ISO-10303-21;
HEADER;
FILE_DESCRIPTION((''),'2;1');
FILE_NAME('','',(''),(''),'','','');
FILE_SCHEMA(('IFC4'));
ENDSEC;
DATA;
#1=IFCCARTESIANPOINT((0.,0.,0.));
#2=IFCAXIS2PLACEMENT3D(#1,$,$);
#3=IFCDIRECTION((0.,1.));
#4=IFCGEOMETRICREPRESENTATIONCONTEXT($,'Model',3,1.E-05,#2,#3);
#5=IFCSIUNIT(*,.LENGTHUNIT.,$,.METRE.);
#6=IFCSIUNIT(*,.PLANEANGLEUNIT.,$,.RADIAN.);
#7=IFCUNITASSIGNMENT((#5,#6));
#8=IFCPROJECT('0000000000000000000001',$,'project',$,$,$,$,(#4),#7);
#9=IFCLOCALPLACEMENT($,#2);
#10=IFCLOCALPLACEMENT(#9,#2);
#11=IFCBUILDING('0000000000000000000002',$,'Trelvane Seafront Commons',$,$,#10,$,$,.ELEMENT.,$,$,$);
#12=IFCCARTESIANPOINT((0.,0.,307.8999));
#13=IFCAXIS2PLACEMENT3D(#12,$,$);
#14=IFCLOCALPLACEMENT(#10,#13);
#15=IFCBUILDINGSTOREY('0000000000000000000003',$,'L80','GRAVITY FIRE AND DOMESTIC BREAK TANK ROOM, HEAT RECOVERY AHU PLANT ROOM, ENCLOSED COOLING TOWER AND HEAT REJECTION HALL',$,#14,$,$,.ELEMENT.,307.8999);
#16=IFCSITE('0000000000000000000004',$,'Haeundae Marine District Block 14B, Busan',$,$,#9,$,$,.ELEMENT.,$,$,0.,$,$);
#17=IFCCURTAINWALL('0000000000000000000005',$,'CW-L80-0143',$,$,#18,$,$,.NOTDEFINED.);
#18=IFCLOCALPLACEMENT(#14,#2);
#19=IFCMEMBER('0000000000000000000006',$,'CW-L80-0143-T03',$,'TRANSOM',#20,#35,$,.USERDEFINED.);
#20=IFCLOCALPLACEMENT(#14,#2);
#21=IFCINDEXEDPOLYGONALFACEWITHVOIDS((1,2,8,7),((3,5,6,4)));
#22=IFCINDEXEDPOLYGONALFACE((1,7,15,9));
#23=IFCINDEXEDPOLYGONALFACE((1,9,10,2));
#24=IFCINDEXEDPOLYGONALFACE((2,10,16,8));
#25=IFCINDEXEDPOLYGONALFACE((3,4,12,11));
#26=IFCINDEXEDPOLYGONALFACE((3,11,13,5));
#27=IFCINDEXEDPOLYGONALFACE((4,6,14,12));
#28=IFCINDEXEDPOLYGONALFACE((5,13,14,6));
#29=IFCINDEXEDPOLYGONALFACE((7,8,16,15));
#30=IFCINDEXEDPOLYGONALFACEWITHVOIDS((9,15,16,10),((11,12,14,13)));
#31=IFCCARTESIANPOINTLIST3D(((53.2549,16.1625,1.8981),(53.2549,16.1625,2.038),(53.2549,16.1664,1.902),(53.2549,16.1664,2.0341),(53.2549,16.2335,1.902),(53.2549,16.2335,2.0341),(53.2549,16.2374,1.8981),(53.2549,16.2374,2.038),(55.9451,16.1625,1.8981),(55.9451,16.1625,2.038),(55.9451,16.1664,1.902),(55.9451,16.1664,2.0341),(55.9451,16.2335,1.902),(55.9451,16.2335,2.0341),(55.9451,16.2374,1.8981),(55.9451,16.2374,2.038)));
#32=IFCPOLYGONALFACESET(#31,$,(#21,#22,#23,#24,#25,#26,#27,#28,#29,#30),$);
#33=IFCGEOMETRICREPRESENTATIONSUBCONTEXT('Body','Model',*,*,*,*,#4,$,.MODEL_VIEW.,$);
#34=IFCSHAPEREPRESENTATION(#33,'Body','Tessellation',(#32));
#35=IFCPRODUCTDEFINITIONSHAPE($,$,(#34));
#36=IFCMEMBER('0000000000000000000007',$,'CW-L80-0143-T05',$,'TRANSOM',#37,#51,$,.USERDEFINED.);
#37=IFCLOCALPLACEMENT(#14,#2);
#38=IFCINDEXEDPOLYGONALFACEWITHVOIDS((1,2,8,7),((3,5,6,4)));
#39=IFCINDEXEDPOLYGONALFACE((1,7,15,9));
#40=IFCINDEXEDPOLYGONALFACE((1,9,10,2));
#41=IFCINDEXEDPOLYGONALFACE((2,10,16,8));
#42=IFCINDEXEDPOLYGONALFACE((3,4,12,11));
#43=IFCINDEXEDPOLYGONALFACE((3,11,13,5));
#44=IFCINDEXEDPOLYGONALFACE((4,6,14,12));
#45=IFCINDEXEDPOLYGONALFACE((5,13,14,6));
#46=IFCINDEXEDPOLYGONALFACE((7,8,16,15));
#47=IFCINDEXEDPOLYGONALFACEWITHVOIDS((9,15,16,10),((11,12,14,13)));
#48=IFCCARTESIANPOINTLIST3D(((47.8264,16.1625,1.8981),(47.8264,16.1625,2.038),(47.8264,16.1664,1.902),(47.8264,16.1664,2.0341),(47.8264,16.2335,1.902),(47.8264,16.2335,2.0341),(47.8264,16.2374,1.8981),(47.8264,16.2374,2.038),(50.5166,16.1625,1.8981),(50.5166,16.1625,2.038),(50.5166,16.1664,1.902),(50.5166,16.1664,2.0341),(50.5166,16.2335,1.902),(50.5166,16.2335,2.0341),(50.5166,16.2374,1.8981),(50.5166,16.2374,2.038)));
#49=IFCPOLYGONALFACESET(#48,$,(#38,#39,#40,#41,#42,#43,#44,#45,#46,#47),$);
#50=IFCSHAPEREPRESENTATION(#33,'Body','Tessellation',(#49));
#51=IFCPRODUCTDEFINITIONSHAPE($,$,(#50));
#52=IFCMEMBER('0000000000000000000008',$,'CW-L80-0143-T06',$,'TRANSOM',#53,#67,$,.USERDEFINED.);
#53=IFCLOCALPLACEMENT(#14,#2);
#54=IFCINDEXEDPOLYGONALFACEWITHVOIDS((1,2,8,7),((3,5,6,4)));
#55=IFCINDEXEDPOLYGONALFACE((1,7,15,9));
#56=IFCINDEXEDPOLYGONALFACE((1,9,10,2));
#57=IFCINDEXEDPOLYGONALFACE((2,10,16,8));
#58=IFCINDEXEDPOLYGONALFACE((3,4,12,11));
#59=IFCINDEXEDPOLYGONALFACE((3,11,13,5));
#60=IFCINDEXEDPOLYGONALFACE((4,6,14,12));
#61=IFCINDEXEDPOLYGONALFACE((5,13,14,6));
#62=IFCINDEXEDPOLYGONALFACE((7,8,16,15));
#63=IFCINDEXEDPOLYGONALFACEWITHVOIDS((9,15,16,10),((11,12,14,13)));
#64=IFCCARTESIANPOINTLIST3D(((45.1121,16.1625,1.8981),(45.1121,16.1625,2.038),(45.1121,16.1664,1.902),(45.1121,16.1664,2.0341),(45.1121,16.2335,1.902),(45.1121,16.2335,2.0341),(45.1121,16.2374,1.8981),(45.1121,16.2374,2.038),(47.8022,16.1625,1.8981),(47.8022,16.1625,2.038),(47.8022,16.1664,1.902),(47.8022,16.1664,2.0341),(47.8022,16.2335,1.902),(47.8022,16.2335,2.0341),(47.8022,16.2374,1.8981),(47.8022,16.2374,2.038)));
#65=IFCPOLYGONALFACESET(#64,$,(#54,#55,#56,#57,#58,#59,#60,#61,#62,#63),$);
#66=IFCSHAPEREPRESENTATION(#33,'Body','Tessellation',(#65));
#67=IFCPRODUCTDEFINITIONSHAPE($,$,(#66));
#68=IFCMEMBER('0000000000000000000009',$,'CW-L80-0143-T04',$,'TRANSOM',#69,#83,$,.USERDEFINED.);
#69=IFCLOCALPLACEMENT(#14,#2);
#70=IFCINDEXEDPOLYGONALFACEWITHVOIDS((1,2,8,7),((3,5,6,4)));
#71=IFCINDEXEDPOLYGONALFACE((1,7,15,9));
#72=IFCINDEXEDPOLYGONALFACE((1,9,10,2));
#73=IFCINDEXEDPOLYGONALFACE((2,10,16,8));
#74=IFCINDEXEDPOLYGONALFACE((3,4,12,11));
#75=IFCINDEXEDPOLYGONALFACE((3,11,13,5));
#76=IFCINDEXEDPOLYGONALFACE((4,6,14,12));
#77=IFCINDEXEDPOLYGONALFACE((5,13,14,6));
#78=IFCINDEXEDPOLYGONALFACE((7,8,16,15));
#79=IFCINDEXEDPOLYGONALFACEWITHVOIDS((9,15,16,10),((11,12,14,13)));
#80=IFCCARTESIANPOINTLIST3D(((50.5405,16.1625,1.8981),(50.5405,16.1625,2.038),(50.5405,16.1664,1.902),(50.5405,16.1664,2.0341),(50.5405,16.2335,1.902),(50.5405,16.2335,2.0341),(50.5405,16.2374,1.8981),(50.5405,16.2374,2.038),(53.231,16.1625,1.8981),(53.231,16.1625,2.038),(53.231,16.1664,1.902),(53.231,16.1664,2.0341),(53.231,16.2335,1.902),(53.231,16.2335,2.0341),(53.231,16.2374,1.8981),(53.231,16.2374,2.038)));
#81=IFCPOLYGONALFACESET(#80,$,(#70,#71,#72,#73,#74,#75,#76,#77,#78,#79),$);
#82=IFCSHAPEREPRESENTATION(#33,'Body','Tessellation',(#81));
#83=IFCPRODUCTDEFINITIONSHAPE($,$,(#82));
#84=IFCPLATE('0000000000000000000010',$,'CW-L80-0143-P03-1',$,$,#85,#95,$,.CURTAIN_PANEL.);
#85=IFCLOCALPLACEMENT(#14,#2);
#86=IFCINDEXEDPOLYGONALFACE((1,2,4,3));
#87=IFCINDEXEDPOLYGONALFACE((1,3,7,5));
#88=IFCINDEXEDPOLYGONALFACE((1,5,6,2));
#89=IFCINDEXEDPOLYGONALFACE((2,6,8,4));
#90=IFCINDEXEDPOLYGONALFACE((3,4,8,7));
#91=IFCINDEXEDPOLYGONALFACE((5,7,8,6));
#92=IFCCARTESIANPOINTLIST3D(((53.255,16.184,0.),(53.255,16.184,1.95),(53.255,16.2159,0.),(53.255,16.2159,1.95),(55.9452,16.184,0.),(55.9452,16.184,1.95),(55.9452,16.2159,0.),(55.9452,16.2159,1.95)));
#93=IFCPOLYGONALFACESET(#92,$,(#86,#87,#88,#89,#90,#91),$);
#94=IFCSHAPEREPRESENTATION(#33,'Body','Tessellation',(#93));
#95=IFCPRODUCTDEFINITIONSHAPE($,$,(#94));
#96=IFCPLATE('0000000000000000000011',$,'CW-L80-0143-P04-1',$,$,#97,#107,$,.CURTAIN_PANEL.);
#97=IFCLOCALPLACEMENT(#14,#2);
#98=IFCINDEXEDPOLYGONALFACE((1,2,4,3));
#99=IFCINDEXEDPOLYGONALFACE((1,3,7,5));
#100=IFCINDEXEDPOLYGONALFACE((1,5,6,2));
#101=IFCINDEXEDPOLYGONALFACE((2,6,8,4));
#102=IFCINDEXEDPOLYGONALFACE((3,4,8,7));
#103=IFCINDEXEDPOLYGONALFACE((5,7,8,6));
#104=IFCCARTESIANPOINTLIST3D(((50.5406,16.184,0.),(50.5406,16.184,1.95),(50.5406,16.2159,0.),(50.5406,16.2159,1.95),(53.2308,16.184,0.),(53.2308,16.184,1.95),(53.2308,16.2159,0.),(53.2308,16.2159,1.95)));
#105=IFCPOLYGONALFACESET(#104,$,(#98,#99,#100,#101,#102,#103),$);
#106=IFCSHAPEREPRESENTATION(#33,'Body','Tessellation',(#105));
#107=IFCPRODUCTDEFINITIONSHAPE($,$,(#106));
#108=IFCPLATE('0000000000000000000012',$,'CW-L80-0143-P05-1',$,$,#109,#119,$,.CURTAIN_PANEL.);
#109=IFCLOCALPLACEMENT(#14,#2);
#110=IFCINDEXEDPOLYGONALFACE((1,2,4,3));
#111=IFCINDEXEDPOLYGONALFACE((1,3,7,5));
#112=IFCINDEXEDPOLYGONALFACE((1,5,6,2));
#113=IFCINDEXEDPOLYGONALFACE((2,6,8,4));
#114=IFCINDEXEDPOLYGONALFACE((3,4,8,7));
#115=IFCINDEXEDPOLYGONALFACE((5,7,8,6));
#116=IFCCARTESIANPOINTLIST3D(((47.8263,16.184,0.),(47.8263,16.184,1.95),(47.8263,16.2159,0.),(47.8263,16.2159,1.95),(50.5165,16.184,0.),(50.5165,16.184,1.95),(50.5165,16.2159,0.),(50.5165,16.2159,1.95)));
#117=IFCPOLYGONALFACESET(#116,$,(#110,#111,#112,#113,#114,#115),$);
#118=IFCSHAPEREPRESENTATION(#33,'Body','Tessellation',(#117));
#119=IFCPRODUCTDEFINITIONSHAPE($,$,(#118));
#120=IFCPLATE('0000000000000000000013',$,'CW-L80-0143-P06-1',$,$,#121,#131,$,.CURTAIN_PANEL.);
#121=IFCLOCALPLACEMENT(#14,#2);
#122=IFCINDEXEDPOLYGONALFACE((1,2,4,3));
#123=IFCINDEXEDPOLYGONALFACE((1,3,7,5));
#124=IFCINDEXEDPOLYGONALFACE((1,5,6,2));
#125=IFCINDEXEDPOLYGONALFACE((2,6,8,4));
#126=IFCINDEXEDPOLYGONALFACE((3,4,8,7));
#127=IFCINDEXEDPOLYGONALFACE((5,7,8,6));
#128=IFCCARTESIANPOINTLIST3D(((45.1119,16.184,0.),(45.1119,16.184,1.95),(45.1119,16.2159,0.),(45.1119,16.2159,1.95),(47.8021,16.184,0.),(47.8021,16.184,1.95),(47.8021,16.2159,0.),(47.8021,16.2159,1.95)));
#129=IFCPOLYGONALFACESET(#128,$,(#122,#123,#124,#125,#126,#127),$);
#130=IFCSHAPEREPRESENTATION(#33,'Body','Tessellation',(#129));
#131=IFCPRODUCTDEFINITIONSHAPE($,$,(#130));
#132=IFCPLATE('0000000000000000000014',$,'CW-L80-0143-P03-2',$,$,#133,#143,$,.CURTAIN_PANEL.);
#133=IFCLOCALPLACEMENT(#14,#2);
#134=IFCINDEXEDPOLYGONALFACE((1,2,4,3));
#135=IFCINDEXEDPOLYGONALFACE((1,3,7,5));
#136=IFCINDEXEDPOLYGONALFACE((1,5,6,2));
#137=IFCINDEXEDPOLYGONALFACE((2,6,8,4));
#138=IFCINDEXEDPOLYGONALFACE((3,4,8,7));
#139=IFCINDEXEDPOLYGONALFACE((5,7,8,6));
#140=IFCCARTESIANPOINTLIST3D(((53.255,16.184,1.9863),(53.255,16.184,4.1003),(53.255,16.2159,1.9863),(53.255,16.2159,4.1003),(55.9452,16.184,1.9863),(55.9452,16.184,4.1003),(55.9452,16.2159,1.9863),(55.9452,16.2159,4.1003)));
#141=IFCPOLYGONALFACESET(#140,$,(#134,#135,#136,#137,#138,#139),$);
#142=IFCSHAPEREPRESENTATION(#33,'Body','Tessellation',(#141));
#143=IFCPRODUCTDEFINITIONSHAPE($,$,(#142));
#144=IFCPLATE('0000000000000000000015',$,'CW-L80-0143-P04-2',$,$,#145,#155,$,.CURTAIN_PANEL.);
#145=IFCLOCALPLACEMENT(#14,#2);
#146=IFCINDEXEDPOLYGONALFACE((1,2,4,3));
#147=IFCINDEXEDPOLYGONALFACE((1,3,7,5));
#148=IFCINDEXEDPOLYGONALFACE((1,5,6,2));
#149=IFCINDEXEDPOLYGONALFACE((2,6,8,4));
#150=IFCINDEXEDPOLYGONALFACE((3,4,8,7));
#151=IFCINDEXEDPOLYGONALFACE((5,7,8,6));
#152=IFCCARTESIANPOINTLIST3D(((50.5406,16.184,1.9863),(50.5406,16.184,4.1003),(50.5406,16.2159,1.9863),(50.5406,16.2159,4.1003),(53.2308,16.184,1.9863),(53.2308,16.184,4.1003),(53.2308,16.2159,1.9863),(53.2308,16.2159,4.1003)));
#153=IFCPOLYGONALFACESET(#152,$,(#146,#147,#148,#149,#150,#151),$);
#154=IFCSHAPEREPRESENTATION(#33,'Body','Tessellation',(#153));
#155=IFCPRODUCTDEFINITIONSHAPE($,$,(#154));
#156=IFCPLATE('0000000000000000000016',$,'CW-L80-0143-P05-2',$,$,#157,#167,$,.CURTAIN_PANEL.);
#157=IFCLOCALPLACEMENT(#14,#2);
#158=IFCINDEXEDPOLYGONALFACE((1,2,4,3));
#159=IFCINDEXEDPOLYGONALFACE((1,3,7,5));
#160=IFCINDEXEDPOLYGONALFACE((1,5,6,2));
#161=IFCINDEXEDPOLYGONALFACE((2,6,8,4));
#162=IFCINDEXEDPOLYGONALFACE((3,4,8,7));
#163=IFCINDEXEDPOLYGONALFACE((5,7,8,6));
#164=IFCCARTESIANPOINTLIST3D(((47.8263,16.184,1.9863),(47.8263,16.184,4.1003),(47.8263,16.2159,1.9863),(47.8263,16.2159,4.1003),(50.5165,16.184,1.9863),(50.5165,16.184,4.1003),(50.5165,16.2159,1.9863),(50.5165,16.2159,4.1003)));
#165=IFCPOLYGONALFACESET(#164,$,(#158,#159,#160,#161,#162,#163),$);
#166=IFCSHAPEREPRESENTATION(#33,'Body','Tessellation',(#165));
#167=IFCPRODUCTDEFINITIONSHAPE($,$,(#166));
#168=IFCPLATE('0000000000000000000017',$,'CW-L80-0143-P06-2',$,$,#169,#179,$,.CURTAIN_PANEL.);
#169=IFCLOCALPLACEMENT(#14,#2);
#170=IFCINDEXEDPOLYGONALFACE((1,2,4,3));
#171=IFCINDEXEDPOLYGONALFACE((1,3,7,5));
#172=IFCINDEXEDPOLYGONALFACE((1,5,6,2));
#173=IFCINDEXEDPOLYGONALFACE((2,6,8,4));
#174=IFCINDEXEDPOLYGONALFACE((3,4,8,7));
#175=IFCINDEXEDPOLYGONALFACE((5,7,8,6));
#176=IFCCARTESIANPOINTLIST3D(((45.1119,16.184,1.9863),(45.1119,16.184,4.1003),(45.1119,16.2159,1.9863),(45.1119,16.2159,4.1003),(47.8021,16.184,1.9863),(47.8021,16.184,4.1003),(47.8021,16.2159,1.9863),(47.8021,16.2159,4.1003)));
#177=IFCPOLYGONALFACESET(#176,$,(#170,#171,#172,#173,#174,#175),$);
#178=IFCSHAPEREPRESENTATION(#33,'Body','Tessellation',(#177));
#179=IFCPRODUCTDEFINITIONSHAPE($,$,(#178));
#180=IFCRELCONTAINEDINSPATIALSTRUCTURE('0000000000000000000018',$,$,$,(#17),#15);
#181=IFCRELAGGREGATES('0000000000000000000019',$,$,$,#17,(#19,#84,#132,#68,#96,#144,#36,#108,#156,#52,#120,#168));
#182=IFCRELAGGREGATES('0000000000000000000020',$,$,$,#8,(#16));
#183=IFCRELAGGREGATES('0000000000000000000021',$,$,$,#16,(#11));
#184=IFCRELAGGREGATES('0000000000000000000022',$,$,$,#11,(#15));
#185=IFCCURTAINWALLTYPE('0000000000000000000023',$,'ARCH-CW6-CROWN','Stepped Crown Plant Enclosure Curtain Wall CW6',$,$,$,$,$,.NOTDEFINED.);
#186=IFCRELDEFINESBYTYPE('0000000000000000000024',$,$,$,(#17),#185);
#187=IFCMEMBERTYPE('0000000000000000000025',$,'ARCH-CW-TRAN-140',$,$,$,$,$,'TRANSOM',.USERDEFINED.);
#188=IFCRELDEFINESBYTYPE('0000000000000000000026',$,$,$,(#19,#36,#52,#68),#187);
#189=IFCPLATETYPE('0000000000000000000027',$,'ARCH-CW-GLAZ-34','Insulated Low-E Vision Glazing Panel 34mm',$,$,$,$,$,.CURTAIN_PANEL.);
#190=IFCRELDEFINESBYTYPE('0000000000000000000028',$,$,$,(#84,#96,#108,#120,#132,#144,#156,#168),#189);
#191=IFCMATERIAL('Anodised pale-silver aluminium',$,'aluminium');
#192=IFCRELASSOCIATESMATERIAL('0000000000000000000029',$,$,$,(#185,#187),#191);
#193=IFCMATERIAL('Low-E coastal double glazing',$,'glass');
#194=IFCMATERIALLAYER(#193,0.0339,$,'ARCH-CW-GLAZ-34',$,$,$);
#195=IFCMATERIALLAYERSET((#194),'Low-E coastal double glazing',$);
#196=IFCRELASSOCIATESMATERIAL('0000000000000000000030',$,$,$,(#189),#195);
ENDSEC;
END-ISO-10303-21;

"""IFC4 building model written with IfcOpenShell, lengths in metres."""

from ifc_helpers import new_model, si_unit, direction, frame, origin, origin_2d, place, context, subcontext, project, spatial, rectangle, hollow_rectangle, extrude, source, transform, mapped, material, layer, layer_set, material_profile, profile_set, type_object, element, aggregate, save


model = new_model("IFC4")

# Units and contexts
model_context = context("Model", 3, precision=1e-05, world=origin(), true_north=direction((0.0, 1.0)))
body_context = subcontext(model_context, "Body", "Model", "MODEL_VIEW")
ifc_project = project(units=[si_unit("LENGTHUNIT", "METRE"), si_unit("PLANEANGLEUNIT", "RADIAN")], contexts=[model_context])

# Site, building, storey
site_placement = place(None, origin())
site = spatial("IfcSite", under=ifc_project, at=site_placement, Name="Haeundae Marine District Block 14B, Busan", CompositionType="ELEMENT", RefElevation=0.0)
building_placement = place(site_placement, origin())
building = spatial("IfcBuilding", under=site, at=building_placement, Name="Trelvane Seafront Commons", CompositionType="ELEMENT")
storey_placement = place(building_placement, frame((0.0, 0.0, 307.8999)))
storey = spatial("IfcBuildingStorey", under=building, at=storey_placement, Name="L80", Description="GRAVITY FIRE AND DOMESTIC BREAK TANK ROOM, HEAT RECOVERY AHU PLANT ROOM, ENCLOSED COOLING TOWER AND HEAT REJECTION HALL", CompositionType="ELEMENT", Elevation=307.8999)

# Curtain wall, members, plates
ifc_material_1 = material(Name="Anodised pale-silver aluminium", Category="aluminium")
curtain_wall_type = type_object("IfcCurtainWallType", Name="ARCH-CW6-CROWN", Description="Stepped Crown Plant Enclosure Curtain Wall CW6", PredefinedType="NOTDEFINED", material=ifc_material_1)
curtain_wall_placement = place(storey_placement, origin())
curtain_wall = element("IfcCurtainWall", 1, at=curtain_wall_placement, inside=storey, type_object=curtain_wall_type, Name="CW-L80-0143", PredefinedType="NOTDEFINED")
ifc_material_profile_1 = material_profile(ifc_material_1, hollow_rectangle(XDim=0.075, YDim=0.1399, WallThickness=0.0039, at=origin_2d()), Name="TRAN-75x140x4")
ifc_profile_set_1 = profile_set([ifc_material_profile_1], Name="Anodised pale-silver aluminium")
member_type_1 = type_object("IfcMemberType", Name="ARCH-CW-TRAN-140", ElementType="TRANSOM", PredefinedType="USERDEFINED", material=ifc_profile_set_1)
shared_shape_1 = source(origin(), body_context, "Body", "SweptSolid", [
    extrude(hollow_rectangle(XDim=0.075, YDim=0.1399, WallThickness=0.0039, at=origin_2d()), origin(), (0.0, 0.0, 1.0), 2.6902),
])
member_1_placement = place(storey_placement, frame((55.9451, 16.2, 1.968), z_axis=(-1.0, 0.0, 0.0), x_axis=(0.0, -1.0, 0.0)))
member_1 = element("IfcMember", 2, at=member_1_placement, type_object=member_type_1, Name="CW-L80-0143-T03", ObjectType="TRANSOM", PredefinedType="USERDEFINED", context=body_context, shape_type="MappedRepresentation", body=[
    mapped(shared_shape_1, transform((0.0, 0.0, 0.0), x_axis=(1.0, 0.0, 0.0), y_axis=(0.0, 1.0, 0.0), z_axis=(0.0, 0.0, 1.0), scale=1.0)),
])
member_2_placement = place(storey_placement, frame((50.5166, 16.2, 1.968), z_axis=(-1.0, 0.0, 0.0), x_axis=(0.0, -1.0, 0.0)))
member_2 = element("IfcMember", 3, at=member_2_placement, type_object=member_type_1, Name="CW-L80-0143-T05", ObjectType="TRANSOM", PredefinedType="USERDEFINED", context=body_context, shape_type="MappedRepresentation", body=[
    mapped(shared_shape_1, transform((0.0, 0.0, 0.0), x_axis=(1.0, 0.0, 0.0), y_axis=(0.0, 1.0, 0.0), z_axis=(0.0, 0.0, 1.0), scale=1.0)),
])
member_3_placement = place(storey_placement, frame((47.8022, 16.2, 1.968), z_axis=(-1.0, 0.0, 0.0), x_axis=(0.0, -1.0, 0.0)))
member_3 = element("IfcMember", 4, at=member_3_placement, type_object=member_type_1, Name="CW-L80-0143-T06", ObjectType="TRANSOM", PredefinedType="USERDEFINED", context=body_context, shape_type="MappedRepresentation", body=[
    mapped(shared_shape_1, transform((0.0, 0.0, 0.0), x_axis=(1.0, 0.0, 0.0), y_axis=(0.0, 1.0, 0.0), z_axis=(0.0, 0.0, 1.0), scale=1.0)),
])
shared_shape_2 = source(origin(), body_context, "Body", "SweptSolid", [
    extrude(hollow_rectangle(XDim=0.075, YDim=0.1399, WallThickness=0.0039, at=origin_2d()), origin(), (0.0, 0.0, 1.0), 2.6904),
])
member_4_placement = place(storey_placement, frame((53.231, 16.2, 1.968), z_axis=(-1.0, 0.0, 0.0), x_axis=(0.0, -1.0, 0.0)))
member_4 = element("IfcMember", 5, at=member_4_placement, type_object=member_type_1, Name="CW-L80-0143-T04", ObjectType="TRANSOM", PredefinedType="USERDEFINED", context=body_context, shape_type="MappedRepresentation", body=[
    mapped(shared_shape_2, transform((0.0, 0.0, 0.0), x_axis=(1.0, 0.0, 0.0), y_axis=(0.0, 1.0, 0.0), z_axis=(0.0, 0.0, 1.0), scale=1.0)),
])
ifc_material_2 = material(Name="Low-E coastal double glazing", Category="glass")
ifc_layer_1 = layer(ifc_material_2, 0.0339, Name="ARCH-CW-GLAZ-34")
ifc_layer_set_1 = layer_set([ifc_layer_1], Name="Low-E coastal double glazing")
plate_type_1 = type_object("IfcPlateType", Name="ARCH-CW-GLAZ-34", Description="Insulated Low-E Vision Glazing Panel 34mm", PredefinedType="CURTAIN_PANEL", material=ifc_layer_set_1)
shared_shape_3 = source(origin(), body_context, "Body", "SweptSolid", [
    extrude(rectangle(XDim=2.6902, YDim=0.032, at=origin_2d()), origin(), (0.0, 0.0, 1.0), 1.95),
])
plate_1_placement = place(storey_placement, frame((54.6001, 16.2, 0.0), z_axis=(0.0, 0.0, 1.0), x_axis=(-1.0, 0.0, 0.0)))
plate_1 = element("IfcPlate", 6, at=plate_1_placement, type_object=plate_type_1, Name="CW-L80-0143-P03-1", PredefinedType="CURTAIN_PANEL", context=body_context, shape_type="MappedRepresentation", body=[
    mapped(shared_shape_3, transform((0.0, 0.0, 0.0), x_axis=(1.0, 0.0, 0.0), y_axis=(0.0, 1.0, 0.0), z_axis=(0.0, 0.0, 1.0), scale=1.0)),
])
plate_2_placement = place(storey_placement, frame((51.8857, 16.2, 0.0), z_axis=(0.0, 0.0, 1.0), x_axis=(-1.0, 0.0, 0.0)))
plate_2 = element("IfcPlate", 7, at=plate_2_placement, type_object=plate_type_1, Name="CW-L80-0143-P04-1", PredefinedType="CURTAIN_PANEL", context=body_context, shape_type="MappedRepresentation", body=[
    mapped(shared_shape_3, transform((0.0, 0.0, 0.0), x_axis=(1.0, 0.0, 0.0), y_axis=(0.0, 1.0, 0.0), z_axis=(0.0, 0.0, 1.0), scale=1.0)),
])
plate_3_placement = place(storey_placement, frame((49.1714, 16.2, 0.0), z_axis=(0.0, 0.0, 1.0), x_axis=(-1.0, 0.0, 0.0)))
plate_3 = element("IfcPlate", 8, at=plate_3_placement, type_object=plate_type_1, Name="CW-L80-0143-P05-1", PredefinedType="CURTAIN_PANEL", context=body_context, shape_type="MappedRepresentation", body=[
    mapped(shared_shape_3, transform((0.0, 0.0, 0.0), x_axis=(1.0, 0.0, 0.0), y_axis=(0.0, 1.0, 0.0), z_axis=(0.0, 0.0, 1.0), scale=1.0)),
])
plate_4_placement = place(storey_placement, frame((46.457, 16.2, 0.0), z_axis=(0.0, 0.0, 1.0), x_axis=(-1.0, 0.0, 0.0)))
plate_4 = element("IfcPlate", 9, at=plate_4_placement, type_object=plate_type_1, Name="CW-L80-0143-P06-1", PredefinedType="CURTAIN_PANEL", context=body_context, shape_type="MappedRepresentation", body=[
    mapped(shared_shape_3, transform((0.0, 0.0, 0.0), x_axis=(1.0, 0.0, 0.0), y_axis=(0.0, 1.0, 0.0), z_axis=(0.0, 0.0, 1.0), scale=1.0)),
])
shared_shape_4 = source(origin(), body_context, "Body", "SweptSolid", [
    extrude(rectangle(XDim=2.6902, YDim=0.032, at=origin_2d()), origin(), (0.0, 0.0, 1.0), 2.114),
])
plate_5_placement = place(storey_placement, frame((54.6001, 16.2, 1.9863), z_axis=(0.0, 0.0, 1.0), x_axis=(-1.0, 0.0, 0.0)))
plate_5 = element("IfcPlate", 10, at=plate_5_placement, type_object=plate_type_1, Name="CW-L80-0143-P03-2", PredefinedType="CURTAIN_PANEL", context=body_context, shape_type="MappedRepresentation", body=[
    mapped(shared_shape_4, transform((0.0, 0.0, 0.0), x_axis=(1.0, 0.0, 0.0), y_axis=(0.0, 1.0, 0.0), z_axis=(0.0, 0.0, 1.0), scale=1.0)),
])
plate_6_placement = place(storey_placement, frame((51.8857, 16.2, 1.9863), z_axis=(0.0, 0.0, 1.0), x_axis=(-1.0, 0.0, 0.0)))
plate_6 = element("IfcPlate", 11, at=plate_6_placement, type_object=plate_type_1, Name="CW-L80-0143-P04-2", PredefinedType="CURTAIN_PANEL", context=body_context, shape_type="MappedRepresentation", body=[
    mapped(shared_shape_4, transform((0.0, 0.0, 0.0), x_axis=(1.0, 0.0, 0.0), y_axis=(0.0, 1.0, 0.0), z_axis=(0.0, 0.0, 1.0), scale=1.0)),
])
plate_7_placement = place(storey_placement, frame((49.1714, 16.2, 1.9863), z_axis=(0.0, 0.0, 1.0), x_axis=(-1.0, 0.0, 0.0)))
plate_7 = element("IfcPlate", 12, at=plate_7_placement, type_object=plate_type_1, Name="CW-L80-0143-P05-2", PredefinedType="CURTAIN_PANEL", context=body_context, shape_type="MappedRepresentation", body=[
    mapped(shared_shape_4, transform((0.0, 0.0, 0.0), x_axis=(1.0, 0.0, 0.0), y_axis=(0.0, 1.0, 0.0), z_axis=(0.0, 0.0, 1.0), scale=1.0)),
])
plate_8_placement = place(storey_placement, frame((46.457, 16.2, 1.9863), z_axis=(0.0, 0.0, 1.0), x_axis=(-1.0, 0.0, 0.0)))
plate_8 = element("IfcPlate", 13, at=plate_8_placement, type_object=plate_type_1, Name="CW-L80-0143-P06-2", PredefinedType="CURTAIN_PANEL", context=body_context, shape_type="MappedRepresentation", body=[
    mapped(shared_shape_4, transform((0.0, 0.0, 0.0), x_axis=(1.0, 0.0, 0.0), y_axis=(0.0, 1.0, 0.0), z_axis=(0.0, 0.0, 1.0), scale=1.0)),
])
aggregate(curtain_wall, [member_1, plate_1, plate_5, member_4, plate_2, plate_6, member_2, plate_3, plate_7, member_3, plate_4, plate_8])

save(model, "model.ifc")
